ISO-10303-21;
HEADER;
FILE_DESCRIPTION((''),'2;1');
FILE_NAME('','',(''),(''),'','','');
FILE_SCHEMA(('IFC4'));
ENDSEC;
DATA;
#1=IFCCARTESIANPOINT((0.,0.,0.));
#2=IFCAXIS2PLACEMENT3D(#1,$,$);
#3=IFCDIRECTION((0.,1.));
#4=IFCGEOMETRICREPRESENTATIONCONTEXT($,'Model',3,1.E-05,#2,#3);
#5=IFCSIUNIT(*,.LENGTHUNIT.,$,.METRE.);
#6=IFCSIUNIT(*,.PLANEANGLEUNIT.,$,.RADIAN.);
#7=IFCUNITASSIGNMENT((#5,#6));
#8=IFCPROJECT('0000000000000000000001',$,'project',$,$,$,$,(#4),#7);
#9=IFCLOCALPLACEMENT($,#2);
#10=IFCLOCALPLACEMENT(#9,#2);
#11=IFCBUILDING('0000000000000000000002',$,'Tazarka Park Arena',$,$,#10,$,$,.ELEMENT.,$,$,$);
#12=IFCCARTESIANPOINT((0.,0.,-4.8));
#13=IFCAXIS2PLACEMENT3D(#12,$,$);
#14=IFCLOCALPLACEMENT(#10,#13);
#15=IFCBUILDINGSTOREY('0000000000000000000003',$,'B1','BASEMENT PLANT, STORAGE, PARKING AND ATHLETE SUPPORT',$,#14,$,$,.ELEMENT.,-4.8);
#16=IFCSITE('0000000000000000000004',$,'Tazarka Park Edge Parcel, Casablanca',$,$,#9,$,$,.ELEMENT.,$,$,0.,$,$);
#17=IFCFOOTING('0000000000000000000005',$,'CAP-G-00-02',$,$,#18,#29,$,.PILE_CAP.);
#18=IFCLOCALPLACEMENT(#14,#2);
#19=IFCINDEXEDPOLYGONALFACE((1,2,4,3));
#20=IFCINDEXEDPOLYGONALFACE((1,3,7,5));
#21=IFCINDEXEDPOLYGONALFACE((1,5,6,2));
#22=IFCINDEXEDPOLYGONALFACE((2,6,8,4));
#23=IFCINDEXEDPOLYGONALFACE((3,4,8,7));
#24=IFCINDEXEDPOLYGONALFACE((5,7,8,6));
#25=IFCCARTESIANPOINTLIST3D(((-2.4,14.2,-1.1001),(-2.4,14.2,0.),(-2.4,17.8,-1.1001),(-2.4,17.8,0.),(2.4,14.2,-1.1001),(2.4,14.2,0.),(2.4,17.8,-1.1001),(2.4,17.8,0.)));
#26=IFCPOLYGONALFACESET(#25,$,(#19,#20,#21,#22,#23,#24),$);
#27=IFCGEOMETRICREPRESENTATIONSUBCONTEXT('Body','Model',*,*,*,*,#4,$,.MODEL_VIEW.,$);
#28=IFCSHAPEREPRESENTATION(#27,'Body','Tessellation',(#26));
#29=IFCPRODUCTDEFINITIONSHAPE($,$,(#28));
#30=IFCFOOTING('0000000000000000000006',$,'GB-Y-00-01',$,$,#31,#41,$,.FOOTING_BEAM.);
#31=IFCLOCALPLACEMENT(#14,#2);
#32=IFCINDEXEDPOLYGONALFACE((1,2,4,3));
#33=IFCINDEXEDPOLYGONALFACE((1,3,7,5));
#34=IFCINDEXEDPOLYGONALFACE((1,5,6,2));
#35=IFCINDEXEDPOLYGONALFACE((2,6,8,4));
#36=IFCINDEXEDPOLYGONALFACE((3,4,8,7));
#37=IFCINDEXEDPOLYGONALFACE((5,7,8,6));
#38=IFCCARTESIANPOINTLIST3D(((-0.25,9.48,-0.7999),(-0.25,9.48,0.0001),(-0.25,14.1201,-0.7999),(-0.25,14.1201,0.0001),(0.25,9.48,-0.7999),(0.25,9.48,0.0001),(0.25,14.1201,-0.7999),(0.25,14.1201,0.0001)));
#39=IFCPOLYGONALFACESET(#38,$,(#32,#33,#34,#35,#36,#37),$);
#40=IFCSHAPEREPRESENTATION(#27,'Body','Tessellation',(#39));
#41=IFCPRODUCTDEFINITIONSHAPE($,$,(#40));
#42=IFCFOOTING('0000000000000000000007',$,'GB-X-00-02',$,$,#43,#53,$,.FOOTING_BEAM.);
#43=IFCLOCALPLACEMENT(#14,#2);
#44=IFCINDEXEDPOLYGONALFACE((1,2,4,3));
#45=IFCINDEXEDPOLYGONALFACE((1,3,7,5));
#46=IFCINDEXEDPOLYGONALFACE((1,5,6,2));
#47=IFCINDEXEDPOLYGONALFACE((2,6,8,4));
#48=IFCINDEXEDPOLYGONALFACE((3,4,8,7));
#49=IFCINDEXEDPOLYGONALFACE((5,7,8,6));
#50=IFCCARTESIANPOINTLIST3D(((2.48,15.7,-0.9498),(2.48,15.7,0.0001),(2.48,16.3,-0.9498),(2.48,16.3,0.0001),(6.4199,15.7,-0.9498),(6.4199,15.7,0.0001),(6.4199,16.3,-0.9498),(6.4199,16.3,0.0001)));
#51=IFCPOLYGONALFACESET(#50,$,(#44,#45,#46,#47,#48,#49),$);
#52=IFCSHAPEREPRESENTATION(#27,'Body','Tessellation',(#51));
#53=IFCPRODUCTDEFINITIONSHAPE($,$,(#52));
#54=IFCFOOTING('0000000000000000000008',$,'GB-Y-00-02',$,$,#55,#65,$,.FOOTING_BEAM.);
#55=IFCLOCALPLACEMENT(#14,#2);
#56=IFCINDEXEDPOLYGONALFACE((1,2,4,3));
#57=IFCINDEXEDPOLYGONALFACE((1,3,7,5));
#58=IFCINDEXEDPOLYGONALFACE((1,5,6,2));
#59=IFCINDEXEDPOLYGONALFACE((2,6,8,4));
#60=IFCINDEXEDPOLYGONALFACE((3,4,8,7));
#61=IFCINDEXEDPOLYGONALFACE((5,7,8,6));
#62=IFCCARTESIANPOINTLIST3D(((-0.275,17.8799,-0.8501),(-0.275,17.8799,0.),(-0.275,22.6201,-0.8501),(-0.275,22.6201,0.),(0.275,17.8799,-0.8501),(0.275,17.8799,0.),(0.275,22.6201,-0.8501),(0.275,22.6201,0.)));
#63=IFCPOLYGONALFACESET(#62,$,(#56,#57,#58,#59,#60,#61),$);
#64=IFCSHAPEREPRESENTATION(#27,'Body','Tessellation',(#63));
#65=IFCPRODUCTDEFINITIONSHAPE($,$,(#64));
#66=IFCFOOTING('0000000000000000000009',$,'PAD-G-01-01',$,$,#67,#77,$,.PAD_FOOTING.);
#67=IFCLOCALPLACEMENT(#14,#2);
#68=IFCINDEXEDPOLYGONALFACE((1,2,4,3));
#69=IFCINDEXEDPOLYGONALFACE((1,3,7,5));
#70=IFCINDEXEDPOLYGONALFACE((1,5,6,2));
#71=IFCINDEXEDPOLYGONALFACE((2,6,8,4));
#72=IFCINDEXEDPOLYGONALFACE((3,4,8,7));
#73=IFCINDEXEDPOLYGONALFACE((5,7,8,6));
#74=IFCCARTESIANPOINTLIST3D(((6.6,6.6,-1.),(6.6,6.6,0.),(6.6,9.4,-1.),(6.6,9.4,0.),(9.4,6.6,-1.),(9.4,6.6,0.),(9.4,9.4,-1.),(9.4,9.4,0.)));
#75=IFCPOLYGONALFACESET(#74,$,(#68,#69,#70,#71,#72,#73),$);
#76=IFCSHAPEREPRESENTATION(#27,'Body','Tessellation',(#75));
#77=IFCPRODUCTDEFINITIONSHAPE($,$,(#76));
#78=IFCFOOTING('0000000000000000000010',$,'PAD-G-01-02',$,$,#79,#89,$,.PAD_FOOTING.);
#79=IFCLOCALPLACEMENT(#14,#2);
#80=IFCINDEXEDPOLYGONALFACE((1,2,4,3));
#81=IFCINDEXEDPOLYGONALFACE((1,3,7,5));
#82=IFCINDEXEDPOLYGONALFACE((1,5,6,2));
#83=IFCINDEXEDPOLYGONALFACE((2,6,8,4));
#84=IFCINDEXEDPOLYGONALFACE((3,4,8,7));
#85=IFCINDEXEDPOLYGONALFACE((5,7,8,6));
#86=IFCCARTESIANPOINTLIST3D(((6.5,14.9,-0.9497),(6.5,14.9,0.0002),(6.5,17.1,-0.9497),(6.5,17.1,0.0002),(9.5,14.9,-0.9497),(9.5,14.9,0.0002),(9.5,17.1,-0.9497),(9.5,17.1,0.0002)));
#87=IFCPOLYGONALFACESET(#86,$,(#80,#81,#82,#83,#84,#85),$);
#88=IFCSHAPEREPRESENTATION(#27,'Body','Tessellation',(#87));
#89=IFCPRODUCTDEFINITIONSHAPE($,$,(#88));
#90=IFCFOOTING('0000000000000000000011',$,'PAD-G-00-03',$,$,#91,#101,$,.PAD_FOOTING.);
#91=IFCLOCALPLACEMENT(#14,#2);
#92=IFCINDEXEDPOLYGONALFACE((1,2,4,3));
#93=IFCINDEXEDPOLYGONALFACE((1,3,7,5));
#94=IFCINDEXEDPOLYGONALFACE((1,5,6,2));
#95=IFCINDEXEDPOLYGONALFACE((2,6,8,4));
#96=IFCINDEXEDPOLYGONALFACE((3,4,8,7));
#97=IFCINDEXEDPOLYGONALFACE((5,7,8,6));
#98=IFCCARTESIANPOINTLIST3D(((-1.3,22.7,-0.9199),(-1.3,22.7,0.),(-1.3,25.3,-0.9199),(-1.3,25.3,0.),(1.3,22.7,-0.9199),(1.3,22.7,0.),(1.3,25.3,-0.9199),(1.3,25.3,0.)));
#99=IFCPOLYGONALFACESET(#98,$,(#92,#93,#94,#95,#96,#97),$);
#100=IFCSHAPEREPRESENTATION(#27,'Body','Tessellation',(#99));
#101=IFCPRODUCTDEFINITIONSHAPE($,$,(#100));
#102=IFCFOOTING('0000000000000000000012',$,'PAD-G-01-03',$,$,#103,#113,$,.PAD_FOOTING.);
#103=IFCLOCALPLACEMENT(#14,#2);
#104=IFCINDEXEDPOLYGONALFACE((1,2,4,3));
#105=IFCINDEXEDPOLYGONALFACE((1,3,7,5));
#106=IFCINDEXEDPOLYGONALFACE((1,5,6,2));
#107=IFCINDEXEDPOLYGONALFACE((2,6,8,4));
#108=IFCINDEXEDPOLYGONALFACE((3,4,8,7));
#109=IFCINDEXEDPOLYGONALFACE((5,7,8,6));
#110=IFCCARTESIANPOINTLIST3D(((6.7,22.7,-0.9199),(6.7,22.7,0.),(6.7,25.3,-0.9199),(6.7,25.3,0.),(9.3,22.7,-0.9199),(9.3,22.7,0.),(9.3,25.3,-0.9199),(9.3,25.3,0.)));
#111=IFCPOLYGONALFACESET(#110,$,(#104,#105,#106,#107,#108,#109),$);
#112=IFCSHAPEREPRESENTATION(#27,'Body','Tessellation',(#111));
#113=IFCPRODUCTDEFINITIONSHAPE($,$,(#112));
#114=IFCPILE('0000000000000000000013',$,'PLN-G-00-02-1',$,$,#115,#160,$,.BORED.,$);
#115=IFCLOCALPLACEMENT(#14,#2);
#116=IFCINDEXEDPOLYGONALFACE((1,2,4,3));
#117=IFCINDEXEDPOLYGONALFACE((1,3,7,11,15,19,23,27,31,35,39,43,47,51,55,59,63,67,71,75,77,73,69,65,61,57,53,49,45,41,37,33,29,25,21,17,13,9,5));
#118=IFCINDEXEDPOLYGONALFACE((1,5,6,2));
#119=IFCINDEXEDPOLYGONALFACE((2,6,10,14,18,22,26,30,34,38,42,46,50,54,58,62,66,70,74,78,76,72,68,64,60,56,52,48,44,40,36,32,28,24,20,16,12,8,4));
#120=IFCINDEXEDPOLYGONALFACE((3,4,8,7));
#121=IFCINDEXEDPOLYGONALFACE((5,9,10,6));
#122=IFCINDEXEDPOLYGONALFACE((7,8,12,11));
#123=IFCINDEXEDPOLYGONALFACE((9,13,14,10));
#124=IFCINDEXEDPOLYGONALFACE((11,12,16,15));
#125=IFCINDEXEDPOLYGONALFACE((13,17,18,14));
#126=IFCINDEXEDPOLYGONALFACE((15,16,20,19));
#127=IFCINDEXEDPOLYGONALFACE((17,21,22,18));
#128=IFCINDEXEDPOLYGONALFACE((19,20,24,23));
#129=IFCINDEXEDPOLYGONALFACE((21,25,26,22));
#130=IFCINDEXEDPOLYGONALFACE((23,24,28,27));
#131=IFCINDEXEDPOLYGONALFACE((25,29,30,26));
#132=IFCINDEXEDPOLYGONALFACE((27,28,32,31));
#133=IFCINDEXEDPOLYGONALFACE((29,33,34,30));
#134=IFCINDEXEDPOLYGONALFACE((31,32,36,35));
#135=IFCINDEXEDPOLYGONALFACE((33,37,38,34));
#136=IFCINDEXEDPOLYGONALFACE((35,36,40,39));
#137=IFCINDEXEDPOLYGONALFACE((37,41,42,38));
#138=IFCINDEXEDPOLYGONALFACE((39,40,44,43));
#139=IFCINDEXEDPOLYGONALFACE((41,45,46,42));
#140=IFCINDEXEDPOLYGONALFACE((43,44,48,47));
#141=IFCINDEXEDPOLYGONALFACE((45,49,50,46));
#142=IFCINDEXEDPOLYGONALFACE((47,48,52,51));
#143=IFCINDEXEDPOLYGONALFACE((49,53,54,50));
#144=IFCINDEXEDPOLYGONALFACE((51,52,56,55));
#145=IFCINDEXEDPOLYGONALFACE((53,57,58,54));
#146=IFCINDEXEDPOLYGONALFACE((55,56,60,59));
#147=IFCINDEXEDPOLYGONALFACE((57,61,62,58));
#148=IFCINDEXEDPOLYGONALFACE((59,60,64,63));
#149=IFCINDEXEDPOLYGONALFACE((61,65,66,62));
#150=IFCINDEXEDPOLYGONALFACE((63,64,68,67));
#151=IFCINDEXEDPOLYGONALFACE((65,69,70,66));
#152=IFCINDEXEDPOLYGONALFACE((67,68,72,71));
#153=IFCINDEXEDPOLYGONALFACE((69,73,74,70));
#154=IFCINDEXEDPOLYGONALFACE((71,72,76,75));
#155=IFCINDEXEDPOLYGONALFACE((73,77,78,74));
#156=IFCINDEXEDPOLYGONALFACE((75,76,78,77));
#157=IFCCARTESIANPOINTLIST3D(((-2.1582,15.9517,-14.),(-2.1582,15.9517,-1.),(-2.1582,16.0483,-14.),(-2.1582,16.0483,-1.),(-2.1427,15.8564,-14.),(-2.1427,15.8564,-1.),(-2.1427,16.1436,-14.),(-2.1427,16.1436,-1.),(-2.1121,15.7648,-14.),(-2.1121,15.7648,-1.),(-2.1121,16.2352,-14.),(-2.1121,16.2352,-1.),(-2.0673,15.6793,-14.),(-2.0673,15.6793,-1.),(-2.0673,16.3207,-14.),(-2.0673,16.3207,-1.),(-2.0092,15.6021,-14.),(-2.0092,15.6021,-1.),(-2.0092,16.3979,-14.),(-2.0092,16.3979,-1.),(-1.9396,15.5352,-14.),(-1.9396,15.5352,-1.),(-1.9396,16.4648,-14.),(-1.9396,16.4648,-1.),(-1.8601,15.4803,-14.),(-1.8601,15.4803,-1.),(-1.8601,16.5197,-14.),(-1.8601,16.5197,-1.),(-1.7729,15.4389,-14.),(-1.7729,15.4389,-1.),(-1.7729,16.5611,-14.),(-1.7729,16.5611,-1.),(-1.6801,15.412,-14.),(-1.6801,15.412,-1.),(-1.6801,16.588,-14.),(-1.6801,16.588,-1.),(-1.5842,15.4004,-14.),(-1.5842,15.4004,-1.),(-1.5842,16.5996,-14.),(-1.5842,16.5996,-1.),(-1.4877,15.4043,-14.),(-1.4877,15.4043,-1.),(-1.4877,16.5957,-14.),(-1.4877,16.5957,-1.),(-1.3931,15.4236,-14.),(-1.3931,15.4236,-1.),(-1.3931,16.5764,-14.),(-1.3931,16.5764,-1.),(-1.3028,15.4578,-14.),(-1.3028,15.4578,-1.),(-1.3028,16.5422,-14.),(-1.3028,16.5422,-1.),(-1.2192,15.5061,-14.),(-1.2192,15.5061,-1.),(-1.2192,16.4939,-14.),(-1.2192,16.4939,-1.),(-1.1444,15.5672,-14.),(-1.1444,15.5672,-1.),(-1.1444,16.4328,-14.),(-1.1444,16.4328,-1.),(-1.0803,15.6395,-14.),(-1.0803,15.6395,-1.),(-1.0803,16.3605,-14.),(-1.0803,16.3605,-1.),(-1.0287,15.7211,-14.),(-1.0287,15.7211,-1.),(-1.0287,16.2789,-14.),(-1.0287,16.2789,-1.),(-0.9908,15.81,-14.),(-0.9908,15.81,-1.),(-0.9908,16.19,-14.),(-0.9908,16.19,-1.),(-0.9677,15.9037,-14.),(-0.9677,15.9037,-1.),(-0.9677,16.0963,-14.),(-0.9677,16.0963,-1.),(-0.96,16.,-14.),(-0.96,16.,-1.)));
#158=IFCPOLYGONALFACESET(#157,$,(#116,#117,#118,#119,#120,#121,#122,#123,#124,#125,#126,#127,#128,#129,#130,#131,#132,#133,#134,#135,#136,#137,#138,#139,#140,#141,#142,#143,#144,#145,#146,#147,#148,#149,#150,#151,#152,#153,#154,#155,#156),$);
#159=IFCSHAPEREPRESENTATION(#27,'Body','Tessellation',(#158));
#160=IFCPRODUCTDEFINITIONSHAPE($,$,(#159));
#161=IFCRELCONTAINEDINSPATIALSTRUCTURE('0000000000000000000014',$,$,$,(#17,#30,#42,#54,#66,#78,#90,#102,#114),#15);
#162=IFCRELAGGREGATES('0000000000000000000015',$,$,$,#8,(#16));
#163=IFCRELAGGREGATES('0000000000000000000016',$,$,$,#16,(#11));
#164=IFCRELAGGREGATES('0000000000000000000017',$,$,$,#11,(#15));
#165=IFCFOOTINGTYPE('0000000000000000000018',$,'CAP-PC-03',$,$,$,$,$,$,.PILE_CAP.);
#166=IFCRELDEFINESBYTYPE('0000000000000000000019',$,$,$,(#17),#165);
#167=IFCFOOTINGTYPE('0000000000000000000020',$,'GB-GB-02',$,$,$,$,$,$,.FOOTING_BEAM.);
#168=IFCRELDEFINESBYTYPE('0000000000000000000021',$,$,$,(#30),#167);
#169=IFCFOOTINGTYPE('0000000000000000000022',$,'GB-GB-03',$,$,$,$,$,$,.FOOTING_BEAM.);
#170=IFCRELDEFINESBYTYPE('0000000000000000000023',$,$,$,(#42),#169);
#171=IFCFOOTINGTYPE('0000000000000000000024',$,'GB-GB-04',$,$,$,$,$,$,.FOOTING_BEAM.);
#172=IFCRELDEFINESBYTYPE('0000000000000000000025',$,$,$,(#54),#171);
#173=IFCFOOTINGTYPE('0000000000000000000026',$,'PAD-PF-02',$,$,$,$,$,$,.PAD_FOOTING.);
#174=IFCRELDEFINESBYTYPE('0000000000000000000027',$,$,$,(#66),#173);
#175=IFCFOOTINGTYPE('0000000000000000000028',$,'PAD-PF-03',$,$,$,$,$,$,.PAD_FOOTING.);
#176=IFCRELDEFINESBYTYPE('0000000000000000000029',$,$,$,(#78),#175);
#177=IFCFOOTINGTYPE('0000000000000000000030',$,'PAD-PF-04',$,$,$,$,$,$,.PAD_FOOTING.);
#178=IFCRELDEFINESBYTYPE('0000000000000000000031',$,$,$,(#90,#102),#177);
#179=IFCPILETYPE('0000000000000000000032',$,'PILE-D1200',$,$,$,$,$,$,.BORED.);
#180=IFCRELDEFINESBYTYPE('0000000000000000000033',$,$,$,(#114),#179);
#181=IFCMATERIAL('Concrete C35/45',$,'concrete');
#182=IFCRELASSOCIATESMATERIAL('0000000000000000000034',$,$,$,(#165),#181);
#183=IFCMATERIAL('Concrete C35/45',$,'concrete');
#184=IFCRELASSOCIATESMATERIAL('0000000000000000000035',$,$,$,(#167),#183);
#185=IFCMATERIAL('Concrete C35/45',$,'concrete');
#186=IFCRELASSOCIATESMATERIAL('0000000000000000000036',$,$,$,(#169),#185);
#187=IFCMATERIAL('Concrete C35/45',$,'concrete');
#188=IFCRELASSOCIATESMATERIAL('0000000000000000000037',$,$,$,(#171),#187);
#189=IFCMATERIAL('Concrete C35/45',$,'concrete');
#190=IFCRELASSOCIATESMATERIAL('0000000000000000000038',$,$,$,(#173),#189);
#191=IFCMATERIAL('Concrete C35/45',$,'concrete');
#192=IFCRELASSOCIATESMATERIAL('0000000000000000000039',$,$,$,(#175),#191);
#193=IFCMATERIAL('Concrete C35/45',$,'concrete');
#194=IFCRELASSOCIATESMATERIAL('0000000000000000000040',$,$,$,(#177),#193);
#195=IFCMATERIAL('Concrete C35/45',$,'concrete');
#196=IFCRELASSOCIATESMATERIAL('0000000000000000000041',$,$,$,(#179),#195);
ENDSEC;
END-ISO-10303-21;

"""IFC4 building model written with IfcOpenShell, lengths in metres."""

from ifc_helpers import new_model, si_unit, direction, frame, origin, origin_2d, place, context, subcontext, project, spatial, rectangle, circle, extrude, material, material_profile, profile_set, type_object, element, save


model = new_model("IFC4")

# Units and contexts
model_context = context("Model", 3, precision=1e-05, world=origin(), true_north=direction((0.0, 1.0)))
body_context = subcontext(model_context, "Body", "Model", "MODEL_VIEW")
ifc_project = project(units=[si_unit("LENGTHUNIT", "METRE"), si_unit("PLANEANGLEUNIT", "RADIAN")], contexts=[model_context])

# Site, building, storey
site_placement = place(None, origin())
site = spatial("IfcSite", under=ifc_project, at=site_placement, Name="Tazarka Park Edge Parcel, Casablanca", CompositionType="ELEMENT", RefElevation=0.0)
building_placement = place(site_placement, origin())
building = spatial("IfcBuilding", under=site, at=building_placement, Name="Tazarka Park Arena", CompositionType="ELEMENT")
storey_placement = place(building_placement, frame((0.0, 0.0, -4.8)))
storey = spatial("IfcBuildingStorey", under=building, at=storey_placement, Name="B1", Description="BASEMENT PLANT, STORAGE, PARKING AND ATHLETE SUPPORT", CompositionType="ELEMENT", Elevation=-4.8)

# Footings
ifc_material_1 = material(Name="Concrete C35/45", Category="concrete")
footing_type_1 = type_object("IfcFootingType", Name="CAP-PC-03", PredefinedType="PILE_CAP", material=ifc_material_1)
footing_1_placement = place(storey_placement, frame((0.0, 16.0, -1.1001), z_axis=(0.0, 0.0, 1.0), x_axis=(1.0, 0.0, 0.0)))
element("IfcFooting", 1, at=footing_1_placement, inside=storey, type_object=footing_type_1, Name="CAP-G-00-02", PredefinedType="PILE_CAP", context=body_context, shape_type="SweptSolid", body=[
    extrude(rectangle(XDim=4.8, YDim=3.6001, at=origin_2d()), origin(), (0.0, 0.0, 1.0), 1.1001),
])
ifc_material_2 = material(Name="Concrete C35/45", Category="concrete")
ifc_material_profile_1 = material_profile(ifc_material_2, rectangle(XDim=0.5, YDim=0.8, at=origin_2d()), Name="Concrete C35/45")
ifc_profile_set_1 = profile_set([ifc_material_profile_1], Name="Concrete C35/45")
footing_type_2 = type_object("IfcFootingType", Name="GB-GB-02", PredefinedType="FOOTING_BEAM", material=ifc_profile_set_1)
footing_2_placement = place(storey_placement, frame((0.0, 9.48, -0.3999), z_axis=(0.0, 1.0, 0.0), x_axis=(-1.0, 0.0, 0.0)))
element("IfcFooting", 2, at=footing_2_placement, inside=storey, type_object=footing_type_2, Name="GB-Y-00-01", PredefinedType="FOOTING_BEAM", context=body_context, shape_type="SweptSolid", body=[
    extrude(rectangle(XDim=0.5, YDim=0.8, at=origin_2d()), origin(), (0.0, 0.0, 1.0), 4.6401),
])
ifc_material_3 = material(Name="Concrete C35/45", Category="concrete")
ifc_material_profile_2 = material_profile(ifc_material_3, rectangle(XDim=0.6001, YDim=0.95, at=origin_2d()), Name="Concrete C35/45")
ifc_profile_set_2 = profile_set([ifc_material_profile_2], Name="Concrete C35/45")
footing_type_3 = type_object("IfcFootingType", Name="GB-GB-03", PredefinedType="FOOTING_BEAM", material=ifc_profile_set_2)
footing_3_placement = place(storey_placement, frame((2.48, 16.0, -0.4749), z_axis=(1.0, 0.0, 0.0), x_axis=(0.0, 1.0, 0.0)))
element("IfcFooting", 3, at=footing_3_placement, inside=storey, type_object=footing_type_3, Name="GB-X-00-02", PredefinedType="FOOTING_BEAM", context=body_context, shape_type="SweptSolid", body=[
    extrude(rectangle(XDim=0.6001, YDim=0.95, at=origin_2d()), origin(), (0.0, 0.0, 1.0), 3.9399),
])
ifc_material_4 = material(Name="Concrete C35/45", Category="concrete")
ifc_material_profile_3 = material_profile(ifc_material_4, rectangle(XDim=0.55, YDim=0.8501, at=origin_2d()), Name="Concrete C35/45")
ifc_profile_set_3 = profile_set([ifc_material_profile_3], Name="Concrete C35/45")
footing_type_4 = type_object("IfcFootingType", Name="GB-GB-04", PredefinedType="FOOTING_BEAM", material=ifc_profile_set_3)
footing_4_placement = place(storey_placement, frame((0.0, 17.8799, -0.425), z_axis=(0.0, 1.0, 0.0), x_axis=(-1.0, 0.0, 0.0)))
element("IfcFooting", 4, at=footing_4_placement, inside=storey, type_object=footing_type_4, Name="GB-Y-00-02", PredefinedType="FOOTING_BEAM", context=body_context, shape_type="SweptSolid", body=[
    extrude(rectangle(XDim=0.55, YDim=0.8501, at=origin_2d()), origin(), (0.0, 0.0, 1.0), 4.7402),
])
ifc_material_5 = material(Name="Concrete C35/45", Category="concrete")
footing_type_5 = type_object("IfcFootingType", Name="PAD-PF-02", PredefinedType="PAD_FOOTING", material=ifc_material_5)
footing_5_placement = place(storey_placement, frame((8.0, 8.0, -1.0), z_axis=(0.0, 0.0, 1.0), x_axis=(1.0, 0.0, 0.0)))
element("IfcFooting", 5, at=footing_5_placement, inside=storey, type_object=footing_type_5, Name="PAD-G-01-01", PredefinedType="PAD_FOOTING", context=body_context, shape_type="SweptSolid", body=[
    extrude(rectangle(XDim=2.8, YDim=2.8, at=origin_2d()), origin(), (0.0, 0.0, 1.0), 1.0),
])
ifc_material_6 = material(Name="Concrete C35/45", Category="concrete")
footing_type_6 = type_object("IfcFootingType", Name="PAD-PF-03", PredefinedType="PAD_FOOTING", material=ifc_material_6)
footing_6_placement = place(storey_placement, frame((8.0, 16.0, -0.9497), z_axis=(0.0, 0.0, 1.0), x_axis=(1.0, 0.0, 0.0)))
element("IfcFooting", 6, at=footing_6_placement, inside=storey, type_object=footing_type_6, Name="PAD-G-01-02", PredefinedType="PAD_FOOTING", context=body_context, shape_type="SweptSolid", body=[
    extrude(rectangle(XDim=3.0, YDim=2.2, at=origin_2d()), origin(), (0.0, 0.0, 1.0), 0.95),
])
ifc_material_7 = material(Name="Concrete C35/45", Category="concrete")
footing_type_7 = type_object("IfcFootingType", Name="PAD-PF-04", PredefinedType="PAD_FOOTING", material=ifc_material_7)
for number, where, z_axis, x_axis, name in (
    (7, (0.0, 24.0, -0.9199), (0.0, 0.0, 1.0), (1.0, 0.0, 0.0), "PAD-G-00-03"),
    (8, (8.0, 24.0, -0.9199), (0.0, 0.0, 1.0), (1.0, 0.0, 0.0), "PAD-G-01-03"),
):
    element("IfcFooting", number, at=place(storey_placement, frame(where, z_axis=z_axis, x_axis=x_axis)), inside=storey, type_object=footing_type_7, Name=name, PredefinedType="PAD_FOOTING", context=body_context, shape_type="SweptSolid", body=[
        extrude(rectangle(XDim=2.6001, YDim=2.6001, at=origin_2d()), origin(), (0.0, 0.0, 1.0), 0.9199),
    ])

# Pile
ifc_material_8 = material(Name="Concrete C35/45", Category="concrete")
ifc_material_profile_4 = material_profile(ifc_material_8, circle(Radius=0.6001, at=origin_2d()), Name="Concrete C35/45")
ifc_profile_set_4 = profile_set([ifc_material_profile_4], Name="Concrete C35/45")
pile_type = type_object("IfcPileType", Name="PILE-D1200", PredefinedType="BORED", material=ifc_profile_set_4)
for number, where, z_axis, x_axis, name in (
    (9, (-1.5601, 16.0, -1.0), (0.0, 0.0, -1.0), (1.0, 0.0, 0.0), "PLN-G-00-02-1"),
):
    element("IfcPile", number, at=place(storey_placement, frame(where, z_axis=z_axis, x_axis=x_axis)), inside=storey, type_object=pile_type, Name=name, PredefinedType="BORED", context=body_context, shape_type="SweptSolid", body=[
        extrude(circle(Radius=0.6001, at=origin_2d()), origin(), (0.0, 0.0, 1.0), 13.0),
    ])

save(model, "model.ifc")
